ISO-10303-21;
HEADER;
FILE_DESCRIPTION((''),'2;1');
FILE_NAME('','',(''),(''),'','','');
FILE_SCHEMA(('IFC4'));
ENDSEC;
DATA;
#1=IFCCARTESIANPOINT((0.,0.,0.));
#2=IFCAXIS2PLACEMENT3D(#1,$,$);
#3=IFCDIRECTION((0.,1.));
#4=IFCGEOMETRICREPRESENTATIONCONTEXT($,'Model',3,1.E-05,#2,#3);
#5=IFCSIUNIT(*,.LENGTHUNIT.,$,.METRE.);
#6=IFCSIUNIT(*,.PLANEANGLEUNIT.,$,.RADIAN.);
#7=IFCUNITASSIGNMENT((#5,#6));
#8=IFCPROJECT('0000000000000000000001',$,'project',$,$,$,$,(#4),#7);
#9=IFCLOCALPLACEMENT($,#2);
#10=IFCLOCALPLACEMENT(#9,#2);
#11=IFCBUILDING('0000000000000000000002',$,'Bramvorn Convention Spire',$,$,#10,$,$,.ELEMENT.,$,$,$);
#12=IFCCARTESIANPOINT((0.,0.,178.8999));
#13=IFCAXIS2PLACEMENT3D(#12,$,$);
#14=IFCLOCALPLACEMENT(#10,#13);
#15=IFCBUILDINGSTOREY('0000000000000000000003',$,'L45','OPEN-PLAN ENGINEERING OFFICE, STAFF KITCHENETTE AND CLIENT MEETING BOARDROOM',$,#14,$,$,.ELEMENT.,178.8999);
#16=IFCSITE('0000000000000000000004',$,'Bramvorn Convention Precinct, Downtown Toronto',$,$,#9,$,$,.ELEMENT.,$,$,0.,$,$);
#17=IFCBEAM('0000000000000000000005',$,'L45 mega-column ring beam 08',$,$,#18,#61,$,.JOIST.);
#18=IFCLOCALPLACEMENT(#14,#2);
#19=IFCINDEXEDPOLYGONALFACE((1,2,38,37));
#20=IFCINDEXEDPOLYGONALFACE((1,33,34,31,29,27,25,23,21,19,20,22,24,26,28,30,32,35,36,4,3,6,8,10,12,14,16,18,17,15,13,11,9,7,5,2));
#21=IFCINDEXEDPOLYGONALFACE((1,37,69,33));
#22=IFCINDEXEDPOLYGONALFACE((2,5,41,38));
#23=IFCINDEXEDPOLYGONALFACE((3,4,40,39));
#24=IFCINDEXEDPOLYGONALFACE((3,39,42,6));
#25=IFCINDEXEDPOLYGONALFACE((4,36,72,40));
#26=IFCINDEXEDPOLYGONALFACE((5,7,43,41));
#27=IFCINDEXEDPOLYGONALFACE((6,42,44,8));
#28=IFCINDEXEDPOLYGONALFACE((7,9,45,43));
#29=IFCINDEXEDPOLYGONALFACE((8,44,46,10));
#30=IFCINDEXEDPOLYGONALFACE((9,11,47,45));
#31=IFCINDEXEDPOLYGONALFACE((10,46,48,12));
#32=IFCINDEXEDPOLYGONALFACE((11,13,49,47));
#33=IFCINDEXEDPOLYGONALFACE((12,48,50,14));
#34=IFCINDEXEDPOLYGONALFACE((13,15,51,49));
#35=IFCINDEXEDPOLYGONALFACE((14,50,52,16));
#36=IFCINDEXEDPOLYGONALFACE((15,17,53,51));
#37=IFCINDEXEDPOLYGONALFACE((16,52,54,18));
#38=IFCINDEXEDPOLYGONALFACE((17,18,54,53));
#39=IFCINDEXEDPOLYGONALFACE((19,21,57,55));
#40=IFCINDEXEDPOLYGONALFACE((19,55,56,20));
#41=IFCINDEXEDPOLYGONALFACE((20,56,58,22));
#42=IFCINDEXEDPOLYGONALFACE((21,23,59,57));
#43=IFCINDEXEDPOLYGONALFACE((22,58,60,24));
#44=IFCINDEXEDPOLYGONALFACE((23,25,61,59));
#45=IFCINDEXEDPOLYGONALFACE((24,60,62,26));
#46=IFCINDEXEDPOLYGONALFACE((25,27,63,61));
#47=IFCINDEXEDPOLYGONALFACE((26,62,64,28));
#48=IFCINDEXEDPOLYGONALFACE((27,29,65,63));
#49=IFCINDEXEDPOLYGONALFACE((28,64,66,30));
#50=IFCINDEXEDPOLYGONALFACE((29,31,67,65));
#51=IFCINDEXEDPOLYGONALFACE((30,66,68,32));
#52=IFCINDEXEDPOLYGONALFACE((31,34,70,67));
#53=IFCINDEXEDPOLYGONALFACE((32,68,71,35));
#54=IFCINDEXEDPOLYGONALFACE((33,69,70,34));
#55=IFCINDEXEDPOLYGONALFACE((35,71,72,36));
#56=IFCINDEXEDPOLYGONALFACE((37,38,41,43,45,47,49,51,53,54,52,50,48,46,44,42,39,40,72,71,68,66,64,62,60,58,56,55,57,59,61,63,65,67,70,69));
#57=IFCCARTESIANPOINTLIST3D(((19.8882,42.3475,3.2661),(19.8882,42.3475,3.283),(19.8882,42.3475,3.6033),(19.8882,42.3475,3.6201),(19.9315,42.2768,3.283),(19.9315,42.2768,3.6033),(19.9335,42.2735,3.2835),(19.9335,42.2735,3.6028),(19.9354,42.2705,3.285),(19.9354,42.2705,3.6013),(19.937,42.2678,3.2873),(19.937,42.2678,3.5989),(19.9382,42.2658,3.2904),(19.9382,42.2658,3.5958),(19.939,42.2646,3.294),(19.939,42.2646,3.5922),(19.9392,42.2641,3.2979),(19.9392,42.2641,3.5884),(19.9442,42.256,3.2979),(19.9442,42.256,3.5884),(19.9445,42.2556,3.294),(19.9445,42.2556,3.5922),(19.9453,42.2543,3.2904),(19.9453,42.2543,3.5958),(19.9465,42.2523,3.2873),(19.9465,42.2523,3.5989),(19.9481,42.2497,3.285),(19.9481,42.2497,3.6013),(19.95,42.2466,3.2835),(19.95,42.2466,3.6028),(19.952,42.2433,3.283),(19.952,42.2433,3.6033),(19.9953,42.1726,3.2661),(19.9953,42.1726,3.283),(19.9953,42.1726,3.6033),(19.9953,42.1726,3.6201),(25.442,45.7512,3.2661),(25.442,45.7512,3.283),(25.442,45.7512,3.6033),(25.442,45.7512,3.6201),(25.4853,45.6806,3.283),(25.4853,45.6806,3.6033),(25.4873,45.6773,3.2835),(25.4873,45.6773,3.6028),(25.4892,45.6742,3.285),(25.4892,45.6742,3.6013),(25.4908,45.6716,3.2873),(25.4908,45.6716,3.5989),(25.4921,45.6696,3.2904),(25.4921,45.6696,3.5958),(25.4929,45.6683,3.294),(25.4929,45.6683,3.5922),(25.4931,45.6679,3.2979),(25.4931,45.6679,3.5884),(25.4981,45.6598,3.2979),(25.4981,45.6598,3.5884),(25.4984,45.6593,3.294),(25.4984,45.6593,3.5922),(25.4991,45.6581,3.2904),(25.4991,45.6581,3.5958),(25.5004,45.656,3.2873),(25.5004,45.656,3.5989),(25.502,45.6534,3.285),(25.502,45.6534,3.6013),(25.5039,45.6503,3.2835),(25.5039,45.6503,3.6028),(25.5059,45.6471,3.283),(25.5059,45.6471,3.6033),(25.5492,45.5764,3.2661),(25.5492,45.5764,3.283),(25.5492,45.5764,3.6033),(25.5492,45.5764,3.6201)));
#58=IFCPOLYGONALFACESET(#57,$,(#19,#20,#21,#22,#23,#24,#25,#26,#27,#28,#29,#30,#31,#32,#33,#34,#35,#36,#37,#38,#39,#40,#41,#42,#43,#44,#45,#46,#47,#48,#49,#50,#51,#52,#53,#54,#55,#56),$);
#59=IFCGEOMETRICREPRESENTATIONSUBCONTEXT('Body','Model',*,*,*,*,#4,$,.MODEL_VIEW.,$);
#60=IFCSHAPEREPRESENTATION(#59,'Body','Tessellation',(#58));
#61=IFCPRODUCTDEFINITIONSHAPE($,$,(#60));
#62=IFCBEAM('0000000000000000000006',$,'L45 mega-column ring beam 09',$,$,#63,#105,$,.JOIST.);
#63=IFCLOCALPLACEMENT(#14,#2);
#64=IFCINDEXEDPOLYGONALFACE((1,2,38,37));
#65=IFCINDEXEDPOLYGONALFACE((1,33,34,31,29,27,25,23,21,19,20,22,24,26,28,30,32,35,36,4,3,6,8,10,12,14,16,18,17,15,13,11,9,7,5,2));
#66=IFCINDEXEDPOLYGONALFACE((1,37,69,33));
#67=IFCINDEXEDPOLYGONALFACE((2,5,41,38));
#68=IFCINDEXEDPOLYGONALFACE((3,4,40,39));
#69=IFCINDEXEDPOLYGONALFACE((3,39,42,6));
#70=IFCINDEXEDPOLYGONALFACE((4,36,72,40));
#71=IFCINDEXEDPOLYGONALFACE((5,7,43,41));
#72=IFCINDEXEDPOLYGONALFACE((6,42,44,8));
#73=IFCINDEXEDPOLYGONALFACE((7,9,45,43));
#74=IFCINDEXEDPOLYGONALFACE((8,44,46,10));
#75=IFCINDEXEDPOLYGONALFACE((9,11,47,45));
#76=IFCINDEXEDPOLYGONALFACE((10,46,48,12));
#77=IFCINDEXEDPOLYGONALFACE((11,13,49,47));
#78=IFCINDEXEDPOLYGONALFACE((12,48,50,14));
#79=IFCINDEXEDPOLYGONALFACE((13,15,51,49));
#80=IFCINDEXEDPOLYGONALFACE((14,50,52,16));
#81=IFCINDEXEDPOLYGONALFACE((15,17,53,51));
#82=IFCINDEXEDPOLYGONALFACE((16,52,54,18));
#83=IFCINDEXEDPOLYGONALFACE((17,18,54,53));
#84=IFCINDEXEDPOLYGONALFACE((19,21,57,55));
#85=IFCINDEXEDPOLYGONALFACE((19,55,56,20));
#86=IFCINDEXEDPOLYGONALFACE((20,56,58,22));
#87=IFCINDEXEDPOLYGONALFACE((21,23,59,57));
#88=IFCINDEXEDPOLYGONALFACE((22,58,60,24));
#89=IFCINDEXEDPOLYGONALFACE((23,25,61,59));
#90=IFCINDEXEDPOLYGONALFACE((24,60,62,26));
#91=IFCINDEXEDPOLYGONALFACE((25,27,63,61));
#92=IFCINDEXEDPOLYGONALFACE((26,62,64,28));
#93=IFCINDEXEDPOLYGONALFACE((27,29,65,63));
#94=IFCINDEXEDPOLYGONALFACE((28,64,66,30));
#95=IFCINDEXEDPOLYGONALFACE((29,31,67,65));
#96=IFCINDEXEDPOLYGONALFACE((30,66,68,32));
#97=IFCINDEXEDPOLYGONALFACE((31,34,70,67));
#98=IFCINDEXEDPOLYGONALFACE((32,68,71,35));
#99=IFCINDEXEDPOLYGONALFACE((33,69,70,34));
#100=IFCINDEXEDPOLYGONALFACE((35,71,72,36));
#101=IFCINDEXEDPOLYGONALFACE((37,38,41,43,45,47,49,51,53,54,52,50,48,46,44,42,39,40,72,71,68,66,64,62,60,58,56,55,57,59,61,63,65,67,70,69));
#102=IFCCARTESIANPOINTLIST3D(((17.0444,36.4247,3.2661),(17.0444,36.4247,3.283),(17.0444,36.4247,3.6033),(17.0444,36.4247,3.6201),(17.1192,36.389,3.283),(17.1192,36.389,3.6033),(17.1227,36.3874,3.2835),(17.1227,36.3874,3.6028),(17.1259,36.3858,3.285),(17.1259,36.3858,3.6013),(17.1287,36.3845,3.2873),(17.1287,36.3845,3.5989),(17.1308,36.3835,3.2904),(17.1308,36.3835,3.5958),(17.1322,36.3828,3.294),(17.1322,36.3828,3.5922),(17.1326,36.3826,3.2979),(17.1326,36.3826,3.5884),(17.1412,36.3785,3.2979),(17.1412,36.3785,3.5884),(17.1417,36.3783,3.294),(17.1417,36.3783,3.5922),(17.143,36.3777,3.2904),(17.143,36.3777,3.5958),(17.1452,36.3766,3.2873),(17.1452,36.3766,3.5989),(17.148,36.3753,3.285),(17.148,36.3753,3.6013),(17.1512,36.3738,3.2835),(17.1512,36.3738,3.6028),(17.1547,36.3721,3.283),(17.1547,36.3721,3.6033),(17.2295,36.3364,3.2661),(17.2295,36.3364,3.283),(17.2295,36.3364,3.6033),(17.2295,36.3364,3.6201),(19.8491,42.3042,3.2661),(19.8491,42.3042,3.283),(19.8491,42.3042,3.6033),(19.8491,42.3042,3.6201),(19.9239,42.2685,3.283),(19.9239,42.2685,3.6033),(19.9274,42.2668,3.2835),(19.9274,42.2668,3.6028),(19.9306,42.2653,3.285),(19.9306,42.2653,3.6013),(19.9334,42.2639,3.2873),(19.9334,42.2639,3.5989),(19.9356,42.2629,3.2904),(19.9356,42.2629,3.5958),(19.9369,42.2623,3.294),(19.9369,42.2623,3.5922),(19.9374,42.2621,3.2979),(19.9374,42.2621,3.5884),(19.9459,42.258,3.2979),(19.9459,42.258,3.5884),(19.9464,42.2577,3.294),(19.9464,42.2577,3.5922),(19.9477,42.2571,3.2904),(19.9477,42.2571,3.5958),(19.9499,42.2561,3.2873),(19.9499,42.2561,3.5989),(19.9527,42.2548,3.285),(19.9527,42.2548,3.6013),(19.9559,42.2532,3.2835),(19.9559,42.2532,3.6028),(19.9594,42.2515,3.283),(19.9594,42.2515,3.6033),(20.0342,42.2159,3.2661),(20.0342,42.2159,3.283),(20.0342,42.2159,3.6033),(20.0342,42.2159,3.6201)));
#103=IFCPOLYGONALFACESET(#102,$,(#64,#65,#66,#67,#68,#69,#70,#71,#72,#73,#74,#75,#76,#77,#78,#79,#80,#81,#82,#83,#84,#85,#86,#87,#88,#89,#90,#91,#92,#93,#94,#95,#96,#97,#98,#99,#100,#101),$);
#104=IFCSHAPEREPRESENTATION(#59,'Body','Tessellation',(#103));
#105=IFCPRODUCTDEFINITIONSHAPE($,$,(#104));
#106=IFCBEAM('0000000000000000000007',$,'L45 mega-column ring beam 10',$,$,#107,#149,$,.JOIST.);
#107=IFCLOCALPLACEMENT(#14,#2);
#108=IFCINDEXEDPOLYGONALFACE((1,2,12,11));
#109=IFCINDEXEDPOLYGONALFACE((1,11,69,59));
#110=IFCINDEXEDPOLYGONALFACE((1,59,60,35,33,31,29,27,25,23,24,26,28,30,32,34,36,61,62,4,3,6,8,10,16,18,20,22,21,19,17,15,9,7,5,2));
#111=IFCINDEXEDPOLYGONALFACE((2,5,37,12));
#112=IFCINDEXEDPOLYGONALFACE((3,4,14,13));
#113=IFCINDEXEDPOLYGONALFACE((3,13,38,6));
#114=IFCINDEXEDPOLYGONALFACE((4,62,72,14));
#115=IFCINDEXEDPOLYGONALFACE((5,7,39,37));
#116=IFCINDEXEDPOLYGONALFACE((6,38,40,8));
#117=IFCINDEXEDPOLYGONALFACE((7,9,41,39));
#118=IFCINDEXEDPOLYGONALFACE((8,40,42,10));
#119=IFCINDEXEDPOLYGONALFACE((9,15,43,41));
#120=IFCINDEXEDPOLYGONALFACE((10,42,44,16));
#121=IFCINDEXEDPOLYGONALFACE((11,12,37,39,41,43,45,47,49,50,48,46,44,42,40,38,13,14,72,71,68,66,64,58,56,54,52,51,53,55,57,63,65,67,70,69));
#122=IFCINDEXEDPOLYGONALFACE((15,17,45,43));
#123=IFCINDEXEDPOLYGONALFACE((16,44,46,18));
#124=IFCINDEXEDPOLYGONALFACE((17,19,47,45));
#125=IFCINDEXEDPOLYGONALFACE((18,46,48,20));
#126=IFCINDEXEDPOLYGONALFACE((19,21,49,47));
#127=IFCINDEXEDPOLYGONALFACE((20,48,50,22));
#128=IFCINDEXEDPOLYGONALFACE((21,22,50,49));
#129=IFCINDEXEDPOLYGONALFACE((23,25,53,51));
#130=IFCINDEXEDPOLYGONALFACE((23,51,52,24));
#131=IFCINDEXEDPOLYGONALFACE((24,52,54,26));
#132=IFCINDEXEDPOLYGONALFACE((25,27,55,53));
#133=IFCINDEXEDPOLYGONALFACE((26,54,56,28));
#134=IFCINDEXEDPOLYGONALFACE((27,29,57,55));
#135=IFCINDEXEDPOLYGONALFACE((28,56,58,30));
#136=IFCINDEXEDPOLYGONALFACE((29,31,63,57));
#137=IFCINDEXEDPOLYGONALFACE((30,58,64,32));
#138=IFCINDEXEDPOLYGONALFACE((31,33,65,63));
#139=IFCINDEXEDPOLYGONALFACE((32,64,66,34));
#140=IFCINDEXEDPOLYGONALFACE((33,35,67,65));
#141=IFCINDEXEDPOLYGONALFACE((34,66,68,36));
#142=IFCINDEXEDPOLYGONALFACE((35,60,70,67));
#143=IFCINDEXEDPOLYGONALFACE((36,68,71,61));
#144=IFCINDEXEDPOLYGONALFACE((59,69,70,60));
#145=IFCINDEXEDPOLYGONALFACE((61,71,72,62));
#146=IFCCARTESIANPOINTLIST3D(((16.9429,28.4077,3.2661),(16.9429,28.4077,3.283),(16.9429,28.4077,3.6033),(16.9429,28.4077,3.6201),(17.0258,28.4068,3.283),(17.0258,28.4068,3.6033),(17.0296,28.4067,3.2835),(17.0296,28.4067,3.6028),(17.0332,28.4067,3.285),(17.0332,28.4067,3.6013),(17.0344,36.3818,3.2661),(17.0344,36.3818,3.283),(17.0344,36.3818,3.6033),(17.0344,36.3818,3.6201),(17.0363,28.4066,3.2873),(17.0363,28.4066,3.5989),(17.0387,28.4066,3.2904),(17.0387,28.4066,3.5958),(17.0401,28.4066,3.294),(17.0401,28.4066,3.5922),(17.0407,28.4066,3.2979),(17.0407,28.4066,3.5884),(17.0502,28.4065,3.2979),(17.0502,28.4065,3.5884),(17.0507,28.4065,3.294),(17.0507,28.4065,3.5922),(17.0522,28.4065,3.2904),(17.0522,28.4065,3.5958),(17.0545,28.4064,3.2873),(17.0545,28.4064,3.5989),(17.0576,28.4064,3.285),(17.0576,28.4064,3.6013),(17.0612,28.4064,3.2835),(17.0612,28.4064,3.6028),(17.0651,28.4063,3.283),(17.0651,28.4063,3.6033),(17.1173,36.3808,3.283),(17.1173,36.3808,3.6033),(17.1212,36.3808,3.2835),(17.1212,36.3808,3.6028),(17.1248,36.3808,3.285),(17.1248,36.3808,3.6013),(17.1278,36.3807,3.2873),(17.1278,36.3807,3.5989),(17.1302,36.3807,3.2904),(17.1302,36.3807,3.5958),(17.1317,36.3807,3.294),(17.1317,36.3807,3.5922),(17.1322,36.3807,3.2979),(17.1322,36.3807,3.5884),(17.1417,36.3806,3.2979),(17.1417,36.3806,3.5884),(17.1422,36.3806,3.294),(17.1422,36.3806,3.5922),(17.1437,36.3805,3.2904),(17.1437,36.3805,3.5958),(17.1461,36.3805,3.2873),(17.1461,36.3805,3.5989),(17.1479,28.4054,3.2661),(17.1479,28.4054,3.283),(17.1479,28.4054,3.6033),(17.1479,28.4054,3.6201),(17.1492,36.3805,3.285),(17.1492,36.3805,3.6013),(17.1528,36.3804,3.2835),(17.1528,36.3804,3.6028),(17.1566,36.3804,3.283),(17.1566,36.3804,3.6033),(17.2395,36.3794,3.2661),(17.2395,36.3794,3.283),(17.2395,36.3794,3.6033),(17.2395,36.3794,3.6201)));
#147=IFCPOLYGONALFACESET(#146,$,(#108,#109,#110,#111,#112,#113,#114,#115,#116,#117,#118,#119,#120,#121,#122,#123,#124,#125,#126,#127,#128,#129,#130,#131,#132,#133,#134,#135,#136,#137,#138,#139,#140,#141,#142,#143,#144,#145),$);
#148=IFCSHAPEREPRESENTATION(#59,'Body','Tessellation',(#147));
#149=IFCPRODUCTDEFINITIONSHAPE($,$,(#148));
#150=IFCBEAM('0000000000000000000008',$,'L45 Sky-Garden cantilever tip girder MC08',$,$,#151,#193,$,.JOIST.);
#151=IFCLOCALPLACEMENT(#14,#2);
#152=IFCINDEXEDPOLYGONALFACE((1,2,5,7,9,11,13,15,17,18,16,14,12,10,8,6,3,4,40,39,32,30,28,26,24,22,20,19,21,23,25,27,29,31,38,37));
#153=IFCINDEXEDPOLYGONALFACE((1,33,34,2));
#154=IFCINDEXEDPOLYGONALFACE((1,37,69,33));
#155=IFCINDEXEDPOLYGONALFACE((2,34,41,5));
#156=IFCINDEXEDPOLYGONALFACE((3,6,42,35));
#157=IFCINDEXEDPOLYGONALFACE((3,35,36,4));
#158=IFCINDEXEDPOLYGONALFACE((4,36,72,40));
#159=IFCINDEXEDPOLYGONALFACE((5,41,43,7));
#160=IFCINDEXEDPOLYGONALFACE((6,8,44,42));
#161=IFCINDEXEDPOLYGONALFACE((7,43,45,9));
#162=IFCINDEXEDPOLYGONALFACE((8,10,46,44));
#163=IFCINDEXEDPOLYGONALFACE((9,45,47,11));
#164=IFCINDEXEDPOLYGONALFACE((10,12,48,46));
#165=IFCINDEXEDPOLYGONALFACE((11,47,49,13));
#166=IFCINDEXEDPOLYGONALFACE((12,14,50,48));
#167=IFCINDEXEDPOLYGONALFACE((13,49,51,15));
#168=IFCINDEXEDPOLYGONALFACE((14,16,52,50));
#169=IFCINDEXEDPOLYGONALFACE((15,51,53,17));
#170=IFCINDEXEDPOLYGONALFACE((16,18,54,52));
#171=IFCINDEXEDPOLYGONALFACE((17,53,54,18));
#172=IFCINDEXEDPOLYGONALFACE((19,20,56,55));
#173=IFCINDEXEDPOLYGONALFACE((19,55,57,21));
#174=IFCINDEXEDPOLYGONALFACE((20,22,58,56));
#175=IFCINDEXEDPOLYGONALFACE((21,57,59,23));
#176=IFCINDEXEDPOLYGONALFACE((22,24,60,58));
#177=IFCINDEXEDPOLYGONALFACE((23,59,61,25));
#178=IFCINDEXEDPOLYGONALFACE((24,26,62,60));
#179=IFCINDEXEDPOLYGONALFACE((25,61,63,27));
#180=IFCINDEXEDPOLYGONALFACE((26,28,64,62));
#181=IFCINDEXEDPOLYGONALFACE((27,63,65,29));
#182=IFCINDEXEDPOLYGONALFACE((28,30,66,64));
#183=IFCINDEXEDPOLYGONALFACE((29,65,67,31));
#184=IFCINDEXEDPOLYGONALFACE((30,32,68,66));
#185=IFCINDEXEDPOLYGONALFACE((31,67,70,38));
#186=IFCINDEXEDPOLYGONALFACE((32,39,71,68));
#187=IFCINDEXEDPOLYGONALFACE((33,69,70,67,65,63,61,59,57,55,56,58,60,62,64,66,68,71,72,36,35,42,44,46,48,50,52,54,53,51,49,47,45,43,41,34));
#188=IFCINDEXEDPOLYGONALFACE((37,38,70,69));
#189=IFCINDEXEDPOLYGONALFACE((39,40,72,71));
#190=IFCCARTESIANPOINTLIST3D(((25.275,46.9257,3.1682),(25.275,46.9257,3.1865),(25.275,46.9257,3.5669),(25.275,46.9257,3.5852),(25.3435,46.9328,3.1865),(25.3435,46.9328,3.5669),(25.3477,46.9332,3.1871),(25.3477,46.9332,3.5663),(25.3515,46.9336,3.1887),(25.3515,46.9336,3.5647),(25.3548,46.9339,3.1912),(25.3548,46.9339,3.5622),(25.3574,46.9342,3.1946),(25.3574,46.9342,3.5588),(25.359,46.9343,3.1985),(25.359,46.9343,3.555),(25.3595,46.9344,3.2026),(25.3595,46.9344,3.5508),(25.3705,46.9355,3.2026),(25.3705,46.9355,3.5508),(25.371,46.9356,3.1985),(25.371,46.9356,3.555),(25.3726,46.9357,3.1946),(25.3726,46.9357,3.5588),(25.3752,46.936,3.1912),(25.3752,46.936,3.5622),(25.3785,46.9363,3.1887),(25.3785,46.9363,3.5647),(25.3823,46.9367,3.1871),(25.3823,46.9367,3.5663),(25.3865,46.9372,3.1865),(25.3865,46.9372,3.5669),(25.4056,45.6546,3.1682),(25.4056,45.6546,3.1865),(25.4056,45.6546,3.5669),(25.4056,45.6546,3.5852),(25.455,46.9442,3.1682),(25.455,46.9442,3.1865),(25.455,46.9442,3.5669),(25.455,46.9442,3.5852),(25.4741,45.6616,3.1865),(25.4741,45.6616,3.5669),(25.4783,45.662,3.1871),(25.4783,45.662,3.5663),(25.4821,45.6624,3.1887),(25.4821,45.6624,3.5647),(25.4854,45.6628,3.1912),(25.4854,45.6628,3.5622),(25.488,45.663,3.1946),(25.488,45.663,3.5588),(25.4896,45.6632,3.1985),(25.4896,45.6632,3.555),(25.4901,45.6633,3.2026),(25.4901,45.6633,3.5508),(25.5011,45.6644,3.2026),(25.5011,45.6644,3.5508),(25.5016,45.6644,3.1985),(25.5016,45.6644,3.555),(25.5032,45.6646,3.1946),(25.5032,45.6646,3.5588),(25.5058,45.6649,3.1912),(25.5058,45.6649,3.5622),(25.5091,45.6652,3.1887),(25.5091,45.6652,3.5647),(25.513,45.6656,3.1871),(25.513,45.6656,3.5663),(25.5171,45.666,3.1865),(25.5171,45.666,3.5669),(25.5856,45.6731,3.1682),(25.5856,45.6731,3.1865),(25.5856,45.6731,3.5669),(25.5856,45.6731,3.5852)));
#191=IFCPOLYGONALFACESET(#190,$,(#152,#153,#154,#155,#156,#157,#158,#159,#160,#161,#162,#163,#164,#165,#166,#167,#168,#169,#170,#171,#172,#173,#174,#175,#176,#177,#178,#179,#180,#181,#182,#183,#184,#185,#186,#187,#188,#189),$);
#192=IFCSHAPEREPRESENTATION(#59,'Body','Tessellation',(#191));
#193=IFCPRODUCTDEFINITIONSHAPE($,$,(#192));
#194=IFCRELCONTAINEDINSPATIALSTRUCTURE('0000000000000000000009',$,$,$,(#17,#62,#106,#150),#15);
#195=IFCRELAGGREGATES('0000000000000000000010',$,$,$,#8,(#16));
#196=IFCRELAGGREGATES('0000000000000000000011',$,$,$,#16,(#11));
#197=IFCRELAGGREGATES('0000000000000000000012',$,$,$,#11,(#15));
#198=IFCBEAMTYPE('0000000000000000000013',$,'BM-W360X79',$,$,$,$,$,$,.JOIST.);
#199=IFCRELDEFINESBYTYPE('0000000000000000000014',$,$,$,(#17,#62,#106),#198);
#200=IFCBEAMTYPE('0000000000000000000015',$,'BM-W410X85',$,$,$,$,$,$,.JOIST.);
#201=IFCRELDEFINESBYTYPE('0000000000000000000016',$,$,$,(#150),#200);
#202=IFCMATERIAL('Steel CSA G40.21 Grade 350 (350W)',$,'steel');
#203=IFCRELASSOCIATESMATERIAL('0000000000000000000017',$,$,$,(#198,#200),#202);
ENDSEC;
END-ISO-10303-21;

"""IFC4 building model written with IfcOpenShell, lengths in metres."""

from ifc_helpers import new_model, si_unit, direction, frame, origin, origin_2d, place, context, subcontext, project, spatial, i_section, extrude, material, material_profile, profile_set, type_object, element, save


model = new_model("IFC4")

# Units and contexts
model_context = context("Model", 3, precision=1e-05, world=origin(), true_north=direction((0.0, 1.0)))
body_context = subcontext(model_context, "Body", "Model", "MODEL_VIEW")
ifc_project = project(units=[si_unit("LENGTHUNIT", "METRE"), si_unit("PLANEANGLEUNIT", "RADIAN")], contexts=[model_context])

# Site, building, storey
site_placement = place(None, origin())
site = spatial("IfcSite", under=ifc_project, at=site_placement, Name="Bramvorn Convention Precinct, Downtown Toronto", CompositionType="ELEMENT", RefElevation=0.0)
building_placement = place(site_placement, origin())
building = spatial("IfcBuilding", under=site, at=building_placement, Name="Bramvorn Convention Spire", CompositionType="ELEMENT")
storey_placement = place(building_placement, frame((0.0, 0.0, 178.8999)))
storey = spatial("IfcBuildingStorey", under=building, at=storey_placement, Name="L45", Description="OPEN-PLAN ENGINEERING OFFICE, STAFF KITCHENETTE AND CLIENT MEETING BOARDROOM", CompositionType="ELEMENT", Elevation=178.8999)

# Shared definitions
ifc_material_1 = material(Name="Steel CSA G40.21 Grade 350 (350W)", Category="steel")

# Beams
ifc_material_profile_1 = material_profile(ifc_material_1, i_section(OverallWidth=0.2051, OverallDepth=0.354, WebThickness=0.0095, FlangeThickness=0.0168, FilletRadius=0.0149, at=origin_2d()))
ifc_profile_set_1 = profile_set([ifc_material_profile_1], Name="Steel CSA G40.21 Grade 350 (350W) - W360X79")
beam_type_1 = type_object("IfcBeamType", Name="BM-W360X79", PredefinedType="JOIST", material=ifc_profile_set_1)
beam_1_placement = place(storey_placement, frame((25.4956, 45.6638, 3.4431), z_axis=(-0.852617, -0.522537, 0.0), x_axis=(0.522537, -0.852617, 0.0)))
element("IfcBeam", 1, at=beam_1_placement, inside=storey, type_object=beam_type_1, Name="L45 mega-column ring beam 08", PredefinedType="JOIST", context=body_context, shape_type="SweptSolid", body=[
    extrude(i_section(OverallWidth=0.2051, OverallDepth=0.354, WebThickness=0.0095, FlangeThickness=0.0168, FilletRadius=0.0149, at=origin_2d()), origin(), (0.0, 0.0, 1.0), 6.5139),
])
beam_2_placement = place(storey_placement, frame((19.9417, 42.26, 3.4431), z_axis=(-0.430556, -0.902564, 0.0), x_axis=(0.902564, -0.430556, 0.0)))
element("IfcBeam", 2, at=beam_2_placement, inside=storey, type_object=beam_type_1, Name="L45 mega-column ring beam 09", PredefinedType="JOIST", context=body_context, shape_type="SweptSolid", body=[
    extrude(i_section(OverallWidth=0.2051, OverallDepth=0.354, WebThickness=0.0095, FlangeThickness=0.0168, FilletRadius=0.0149, at=origin_2d()), origin(), (0.0, 0.0, 1.0), 6.5142),
])
beam_3_placement = place(storey_placement, frame((17.137, 36.3806, 3.4431), z_axis=(-0.01148, -0.999934, 0.0), x_axis=(0.999934, -0.01148, 0.0)))
element("IfcBeam", 3, at=beam_3_placement, inside=storey, type_object=beam_type_1, Name="L45 mega-column ring beam 10", PredefinedType="JOIST", context=body_context, shape_type="SweptSolid", body=[
    extrude(i_section(OverallWidth=0.2051, OverallDepth=0.354, WebThickness=0.0095, FlangeThickness=0.0168, FilletRadius=0.0149, at=origin_2d()), origin(), (0.0, 0.0, 1.0), 7.9746),
])
ifc_material_profile_2 = material_profile(ifc_material_1, i_section(OverallWidth=0.1809, OverallDepth=0.417, WebThickness=0.011, FlangeThickness=0.0183, FilletRadius=0.0161, at=origin_2d()))
ifc_profile_set_2 = profile_set([ifc_material_profile_2], Name="Steel CSA G40.21 Grade 350 (350W) - W410X85")
beam_type_2 = type_object("IfcBeamType", Name="BM-W410X85", PredefinedType="JOIST", material=ifc_profile_set_2)
beam_4_placement = place(storey_placement, frame((25.4956, 45.6638, 3.3767), z_axis=(-0.102208, 0.994763, 0.0), x_axis=(-0.994763, -0.102208, 0.0)))
element("IfcBeam", 4, at=beam_4_placement, inside=storey, type_object=beam_type_2, Name="L45 Sky-Garden cantilever tip girder MC08", PredefinedType="JOIST", context=body_context, shape_type="SweptSolid", body=[
    extrude(i_section(OverallWidth=0.1809, OverallDepth=0.417, WebThickness=0.011, FlangeThickness=0.0183, FilletRadius=0.0161, at=origin_2d()), origin(), (0.0, 0.0, 1.0), 1.2778),
])

save(model, "model.ifc")
